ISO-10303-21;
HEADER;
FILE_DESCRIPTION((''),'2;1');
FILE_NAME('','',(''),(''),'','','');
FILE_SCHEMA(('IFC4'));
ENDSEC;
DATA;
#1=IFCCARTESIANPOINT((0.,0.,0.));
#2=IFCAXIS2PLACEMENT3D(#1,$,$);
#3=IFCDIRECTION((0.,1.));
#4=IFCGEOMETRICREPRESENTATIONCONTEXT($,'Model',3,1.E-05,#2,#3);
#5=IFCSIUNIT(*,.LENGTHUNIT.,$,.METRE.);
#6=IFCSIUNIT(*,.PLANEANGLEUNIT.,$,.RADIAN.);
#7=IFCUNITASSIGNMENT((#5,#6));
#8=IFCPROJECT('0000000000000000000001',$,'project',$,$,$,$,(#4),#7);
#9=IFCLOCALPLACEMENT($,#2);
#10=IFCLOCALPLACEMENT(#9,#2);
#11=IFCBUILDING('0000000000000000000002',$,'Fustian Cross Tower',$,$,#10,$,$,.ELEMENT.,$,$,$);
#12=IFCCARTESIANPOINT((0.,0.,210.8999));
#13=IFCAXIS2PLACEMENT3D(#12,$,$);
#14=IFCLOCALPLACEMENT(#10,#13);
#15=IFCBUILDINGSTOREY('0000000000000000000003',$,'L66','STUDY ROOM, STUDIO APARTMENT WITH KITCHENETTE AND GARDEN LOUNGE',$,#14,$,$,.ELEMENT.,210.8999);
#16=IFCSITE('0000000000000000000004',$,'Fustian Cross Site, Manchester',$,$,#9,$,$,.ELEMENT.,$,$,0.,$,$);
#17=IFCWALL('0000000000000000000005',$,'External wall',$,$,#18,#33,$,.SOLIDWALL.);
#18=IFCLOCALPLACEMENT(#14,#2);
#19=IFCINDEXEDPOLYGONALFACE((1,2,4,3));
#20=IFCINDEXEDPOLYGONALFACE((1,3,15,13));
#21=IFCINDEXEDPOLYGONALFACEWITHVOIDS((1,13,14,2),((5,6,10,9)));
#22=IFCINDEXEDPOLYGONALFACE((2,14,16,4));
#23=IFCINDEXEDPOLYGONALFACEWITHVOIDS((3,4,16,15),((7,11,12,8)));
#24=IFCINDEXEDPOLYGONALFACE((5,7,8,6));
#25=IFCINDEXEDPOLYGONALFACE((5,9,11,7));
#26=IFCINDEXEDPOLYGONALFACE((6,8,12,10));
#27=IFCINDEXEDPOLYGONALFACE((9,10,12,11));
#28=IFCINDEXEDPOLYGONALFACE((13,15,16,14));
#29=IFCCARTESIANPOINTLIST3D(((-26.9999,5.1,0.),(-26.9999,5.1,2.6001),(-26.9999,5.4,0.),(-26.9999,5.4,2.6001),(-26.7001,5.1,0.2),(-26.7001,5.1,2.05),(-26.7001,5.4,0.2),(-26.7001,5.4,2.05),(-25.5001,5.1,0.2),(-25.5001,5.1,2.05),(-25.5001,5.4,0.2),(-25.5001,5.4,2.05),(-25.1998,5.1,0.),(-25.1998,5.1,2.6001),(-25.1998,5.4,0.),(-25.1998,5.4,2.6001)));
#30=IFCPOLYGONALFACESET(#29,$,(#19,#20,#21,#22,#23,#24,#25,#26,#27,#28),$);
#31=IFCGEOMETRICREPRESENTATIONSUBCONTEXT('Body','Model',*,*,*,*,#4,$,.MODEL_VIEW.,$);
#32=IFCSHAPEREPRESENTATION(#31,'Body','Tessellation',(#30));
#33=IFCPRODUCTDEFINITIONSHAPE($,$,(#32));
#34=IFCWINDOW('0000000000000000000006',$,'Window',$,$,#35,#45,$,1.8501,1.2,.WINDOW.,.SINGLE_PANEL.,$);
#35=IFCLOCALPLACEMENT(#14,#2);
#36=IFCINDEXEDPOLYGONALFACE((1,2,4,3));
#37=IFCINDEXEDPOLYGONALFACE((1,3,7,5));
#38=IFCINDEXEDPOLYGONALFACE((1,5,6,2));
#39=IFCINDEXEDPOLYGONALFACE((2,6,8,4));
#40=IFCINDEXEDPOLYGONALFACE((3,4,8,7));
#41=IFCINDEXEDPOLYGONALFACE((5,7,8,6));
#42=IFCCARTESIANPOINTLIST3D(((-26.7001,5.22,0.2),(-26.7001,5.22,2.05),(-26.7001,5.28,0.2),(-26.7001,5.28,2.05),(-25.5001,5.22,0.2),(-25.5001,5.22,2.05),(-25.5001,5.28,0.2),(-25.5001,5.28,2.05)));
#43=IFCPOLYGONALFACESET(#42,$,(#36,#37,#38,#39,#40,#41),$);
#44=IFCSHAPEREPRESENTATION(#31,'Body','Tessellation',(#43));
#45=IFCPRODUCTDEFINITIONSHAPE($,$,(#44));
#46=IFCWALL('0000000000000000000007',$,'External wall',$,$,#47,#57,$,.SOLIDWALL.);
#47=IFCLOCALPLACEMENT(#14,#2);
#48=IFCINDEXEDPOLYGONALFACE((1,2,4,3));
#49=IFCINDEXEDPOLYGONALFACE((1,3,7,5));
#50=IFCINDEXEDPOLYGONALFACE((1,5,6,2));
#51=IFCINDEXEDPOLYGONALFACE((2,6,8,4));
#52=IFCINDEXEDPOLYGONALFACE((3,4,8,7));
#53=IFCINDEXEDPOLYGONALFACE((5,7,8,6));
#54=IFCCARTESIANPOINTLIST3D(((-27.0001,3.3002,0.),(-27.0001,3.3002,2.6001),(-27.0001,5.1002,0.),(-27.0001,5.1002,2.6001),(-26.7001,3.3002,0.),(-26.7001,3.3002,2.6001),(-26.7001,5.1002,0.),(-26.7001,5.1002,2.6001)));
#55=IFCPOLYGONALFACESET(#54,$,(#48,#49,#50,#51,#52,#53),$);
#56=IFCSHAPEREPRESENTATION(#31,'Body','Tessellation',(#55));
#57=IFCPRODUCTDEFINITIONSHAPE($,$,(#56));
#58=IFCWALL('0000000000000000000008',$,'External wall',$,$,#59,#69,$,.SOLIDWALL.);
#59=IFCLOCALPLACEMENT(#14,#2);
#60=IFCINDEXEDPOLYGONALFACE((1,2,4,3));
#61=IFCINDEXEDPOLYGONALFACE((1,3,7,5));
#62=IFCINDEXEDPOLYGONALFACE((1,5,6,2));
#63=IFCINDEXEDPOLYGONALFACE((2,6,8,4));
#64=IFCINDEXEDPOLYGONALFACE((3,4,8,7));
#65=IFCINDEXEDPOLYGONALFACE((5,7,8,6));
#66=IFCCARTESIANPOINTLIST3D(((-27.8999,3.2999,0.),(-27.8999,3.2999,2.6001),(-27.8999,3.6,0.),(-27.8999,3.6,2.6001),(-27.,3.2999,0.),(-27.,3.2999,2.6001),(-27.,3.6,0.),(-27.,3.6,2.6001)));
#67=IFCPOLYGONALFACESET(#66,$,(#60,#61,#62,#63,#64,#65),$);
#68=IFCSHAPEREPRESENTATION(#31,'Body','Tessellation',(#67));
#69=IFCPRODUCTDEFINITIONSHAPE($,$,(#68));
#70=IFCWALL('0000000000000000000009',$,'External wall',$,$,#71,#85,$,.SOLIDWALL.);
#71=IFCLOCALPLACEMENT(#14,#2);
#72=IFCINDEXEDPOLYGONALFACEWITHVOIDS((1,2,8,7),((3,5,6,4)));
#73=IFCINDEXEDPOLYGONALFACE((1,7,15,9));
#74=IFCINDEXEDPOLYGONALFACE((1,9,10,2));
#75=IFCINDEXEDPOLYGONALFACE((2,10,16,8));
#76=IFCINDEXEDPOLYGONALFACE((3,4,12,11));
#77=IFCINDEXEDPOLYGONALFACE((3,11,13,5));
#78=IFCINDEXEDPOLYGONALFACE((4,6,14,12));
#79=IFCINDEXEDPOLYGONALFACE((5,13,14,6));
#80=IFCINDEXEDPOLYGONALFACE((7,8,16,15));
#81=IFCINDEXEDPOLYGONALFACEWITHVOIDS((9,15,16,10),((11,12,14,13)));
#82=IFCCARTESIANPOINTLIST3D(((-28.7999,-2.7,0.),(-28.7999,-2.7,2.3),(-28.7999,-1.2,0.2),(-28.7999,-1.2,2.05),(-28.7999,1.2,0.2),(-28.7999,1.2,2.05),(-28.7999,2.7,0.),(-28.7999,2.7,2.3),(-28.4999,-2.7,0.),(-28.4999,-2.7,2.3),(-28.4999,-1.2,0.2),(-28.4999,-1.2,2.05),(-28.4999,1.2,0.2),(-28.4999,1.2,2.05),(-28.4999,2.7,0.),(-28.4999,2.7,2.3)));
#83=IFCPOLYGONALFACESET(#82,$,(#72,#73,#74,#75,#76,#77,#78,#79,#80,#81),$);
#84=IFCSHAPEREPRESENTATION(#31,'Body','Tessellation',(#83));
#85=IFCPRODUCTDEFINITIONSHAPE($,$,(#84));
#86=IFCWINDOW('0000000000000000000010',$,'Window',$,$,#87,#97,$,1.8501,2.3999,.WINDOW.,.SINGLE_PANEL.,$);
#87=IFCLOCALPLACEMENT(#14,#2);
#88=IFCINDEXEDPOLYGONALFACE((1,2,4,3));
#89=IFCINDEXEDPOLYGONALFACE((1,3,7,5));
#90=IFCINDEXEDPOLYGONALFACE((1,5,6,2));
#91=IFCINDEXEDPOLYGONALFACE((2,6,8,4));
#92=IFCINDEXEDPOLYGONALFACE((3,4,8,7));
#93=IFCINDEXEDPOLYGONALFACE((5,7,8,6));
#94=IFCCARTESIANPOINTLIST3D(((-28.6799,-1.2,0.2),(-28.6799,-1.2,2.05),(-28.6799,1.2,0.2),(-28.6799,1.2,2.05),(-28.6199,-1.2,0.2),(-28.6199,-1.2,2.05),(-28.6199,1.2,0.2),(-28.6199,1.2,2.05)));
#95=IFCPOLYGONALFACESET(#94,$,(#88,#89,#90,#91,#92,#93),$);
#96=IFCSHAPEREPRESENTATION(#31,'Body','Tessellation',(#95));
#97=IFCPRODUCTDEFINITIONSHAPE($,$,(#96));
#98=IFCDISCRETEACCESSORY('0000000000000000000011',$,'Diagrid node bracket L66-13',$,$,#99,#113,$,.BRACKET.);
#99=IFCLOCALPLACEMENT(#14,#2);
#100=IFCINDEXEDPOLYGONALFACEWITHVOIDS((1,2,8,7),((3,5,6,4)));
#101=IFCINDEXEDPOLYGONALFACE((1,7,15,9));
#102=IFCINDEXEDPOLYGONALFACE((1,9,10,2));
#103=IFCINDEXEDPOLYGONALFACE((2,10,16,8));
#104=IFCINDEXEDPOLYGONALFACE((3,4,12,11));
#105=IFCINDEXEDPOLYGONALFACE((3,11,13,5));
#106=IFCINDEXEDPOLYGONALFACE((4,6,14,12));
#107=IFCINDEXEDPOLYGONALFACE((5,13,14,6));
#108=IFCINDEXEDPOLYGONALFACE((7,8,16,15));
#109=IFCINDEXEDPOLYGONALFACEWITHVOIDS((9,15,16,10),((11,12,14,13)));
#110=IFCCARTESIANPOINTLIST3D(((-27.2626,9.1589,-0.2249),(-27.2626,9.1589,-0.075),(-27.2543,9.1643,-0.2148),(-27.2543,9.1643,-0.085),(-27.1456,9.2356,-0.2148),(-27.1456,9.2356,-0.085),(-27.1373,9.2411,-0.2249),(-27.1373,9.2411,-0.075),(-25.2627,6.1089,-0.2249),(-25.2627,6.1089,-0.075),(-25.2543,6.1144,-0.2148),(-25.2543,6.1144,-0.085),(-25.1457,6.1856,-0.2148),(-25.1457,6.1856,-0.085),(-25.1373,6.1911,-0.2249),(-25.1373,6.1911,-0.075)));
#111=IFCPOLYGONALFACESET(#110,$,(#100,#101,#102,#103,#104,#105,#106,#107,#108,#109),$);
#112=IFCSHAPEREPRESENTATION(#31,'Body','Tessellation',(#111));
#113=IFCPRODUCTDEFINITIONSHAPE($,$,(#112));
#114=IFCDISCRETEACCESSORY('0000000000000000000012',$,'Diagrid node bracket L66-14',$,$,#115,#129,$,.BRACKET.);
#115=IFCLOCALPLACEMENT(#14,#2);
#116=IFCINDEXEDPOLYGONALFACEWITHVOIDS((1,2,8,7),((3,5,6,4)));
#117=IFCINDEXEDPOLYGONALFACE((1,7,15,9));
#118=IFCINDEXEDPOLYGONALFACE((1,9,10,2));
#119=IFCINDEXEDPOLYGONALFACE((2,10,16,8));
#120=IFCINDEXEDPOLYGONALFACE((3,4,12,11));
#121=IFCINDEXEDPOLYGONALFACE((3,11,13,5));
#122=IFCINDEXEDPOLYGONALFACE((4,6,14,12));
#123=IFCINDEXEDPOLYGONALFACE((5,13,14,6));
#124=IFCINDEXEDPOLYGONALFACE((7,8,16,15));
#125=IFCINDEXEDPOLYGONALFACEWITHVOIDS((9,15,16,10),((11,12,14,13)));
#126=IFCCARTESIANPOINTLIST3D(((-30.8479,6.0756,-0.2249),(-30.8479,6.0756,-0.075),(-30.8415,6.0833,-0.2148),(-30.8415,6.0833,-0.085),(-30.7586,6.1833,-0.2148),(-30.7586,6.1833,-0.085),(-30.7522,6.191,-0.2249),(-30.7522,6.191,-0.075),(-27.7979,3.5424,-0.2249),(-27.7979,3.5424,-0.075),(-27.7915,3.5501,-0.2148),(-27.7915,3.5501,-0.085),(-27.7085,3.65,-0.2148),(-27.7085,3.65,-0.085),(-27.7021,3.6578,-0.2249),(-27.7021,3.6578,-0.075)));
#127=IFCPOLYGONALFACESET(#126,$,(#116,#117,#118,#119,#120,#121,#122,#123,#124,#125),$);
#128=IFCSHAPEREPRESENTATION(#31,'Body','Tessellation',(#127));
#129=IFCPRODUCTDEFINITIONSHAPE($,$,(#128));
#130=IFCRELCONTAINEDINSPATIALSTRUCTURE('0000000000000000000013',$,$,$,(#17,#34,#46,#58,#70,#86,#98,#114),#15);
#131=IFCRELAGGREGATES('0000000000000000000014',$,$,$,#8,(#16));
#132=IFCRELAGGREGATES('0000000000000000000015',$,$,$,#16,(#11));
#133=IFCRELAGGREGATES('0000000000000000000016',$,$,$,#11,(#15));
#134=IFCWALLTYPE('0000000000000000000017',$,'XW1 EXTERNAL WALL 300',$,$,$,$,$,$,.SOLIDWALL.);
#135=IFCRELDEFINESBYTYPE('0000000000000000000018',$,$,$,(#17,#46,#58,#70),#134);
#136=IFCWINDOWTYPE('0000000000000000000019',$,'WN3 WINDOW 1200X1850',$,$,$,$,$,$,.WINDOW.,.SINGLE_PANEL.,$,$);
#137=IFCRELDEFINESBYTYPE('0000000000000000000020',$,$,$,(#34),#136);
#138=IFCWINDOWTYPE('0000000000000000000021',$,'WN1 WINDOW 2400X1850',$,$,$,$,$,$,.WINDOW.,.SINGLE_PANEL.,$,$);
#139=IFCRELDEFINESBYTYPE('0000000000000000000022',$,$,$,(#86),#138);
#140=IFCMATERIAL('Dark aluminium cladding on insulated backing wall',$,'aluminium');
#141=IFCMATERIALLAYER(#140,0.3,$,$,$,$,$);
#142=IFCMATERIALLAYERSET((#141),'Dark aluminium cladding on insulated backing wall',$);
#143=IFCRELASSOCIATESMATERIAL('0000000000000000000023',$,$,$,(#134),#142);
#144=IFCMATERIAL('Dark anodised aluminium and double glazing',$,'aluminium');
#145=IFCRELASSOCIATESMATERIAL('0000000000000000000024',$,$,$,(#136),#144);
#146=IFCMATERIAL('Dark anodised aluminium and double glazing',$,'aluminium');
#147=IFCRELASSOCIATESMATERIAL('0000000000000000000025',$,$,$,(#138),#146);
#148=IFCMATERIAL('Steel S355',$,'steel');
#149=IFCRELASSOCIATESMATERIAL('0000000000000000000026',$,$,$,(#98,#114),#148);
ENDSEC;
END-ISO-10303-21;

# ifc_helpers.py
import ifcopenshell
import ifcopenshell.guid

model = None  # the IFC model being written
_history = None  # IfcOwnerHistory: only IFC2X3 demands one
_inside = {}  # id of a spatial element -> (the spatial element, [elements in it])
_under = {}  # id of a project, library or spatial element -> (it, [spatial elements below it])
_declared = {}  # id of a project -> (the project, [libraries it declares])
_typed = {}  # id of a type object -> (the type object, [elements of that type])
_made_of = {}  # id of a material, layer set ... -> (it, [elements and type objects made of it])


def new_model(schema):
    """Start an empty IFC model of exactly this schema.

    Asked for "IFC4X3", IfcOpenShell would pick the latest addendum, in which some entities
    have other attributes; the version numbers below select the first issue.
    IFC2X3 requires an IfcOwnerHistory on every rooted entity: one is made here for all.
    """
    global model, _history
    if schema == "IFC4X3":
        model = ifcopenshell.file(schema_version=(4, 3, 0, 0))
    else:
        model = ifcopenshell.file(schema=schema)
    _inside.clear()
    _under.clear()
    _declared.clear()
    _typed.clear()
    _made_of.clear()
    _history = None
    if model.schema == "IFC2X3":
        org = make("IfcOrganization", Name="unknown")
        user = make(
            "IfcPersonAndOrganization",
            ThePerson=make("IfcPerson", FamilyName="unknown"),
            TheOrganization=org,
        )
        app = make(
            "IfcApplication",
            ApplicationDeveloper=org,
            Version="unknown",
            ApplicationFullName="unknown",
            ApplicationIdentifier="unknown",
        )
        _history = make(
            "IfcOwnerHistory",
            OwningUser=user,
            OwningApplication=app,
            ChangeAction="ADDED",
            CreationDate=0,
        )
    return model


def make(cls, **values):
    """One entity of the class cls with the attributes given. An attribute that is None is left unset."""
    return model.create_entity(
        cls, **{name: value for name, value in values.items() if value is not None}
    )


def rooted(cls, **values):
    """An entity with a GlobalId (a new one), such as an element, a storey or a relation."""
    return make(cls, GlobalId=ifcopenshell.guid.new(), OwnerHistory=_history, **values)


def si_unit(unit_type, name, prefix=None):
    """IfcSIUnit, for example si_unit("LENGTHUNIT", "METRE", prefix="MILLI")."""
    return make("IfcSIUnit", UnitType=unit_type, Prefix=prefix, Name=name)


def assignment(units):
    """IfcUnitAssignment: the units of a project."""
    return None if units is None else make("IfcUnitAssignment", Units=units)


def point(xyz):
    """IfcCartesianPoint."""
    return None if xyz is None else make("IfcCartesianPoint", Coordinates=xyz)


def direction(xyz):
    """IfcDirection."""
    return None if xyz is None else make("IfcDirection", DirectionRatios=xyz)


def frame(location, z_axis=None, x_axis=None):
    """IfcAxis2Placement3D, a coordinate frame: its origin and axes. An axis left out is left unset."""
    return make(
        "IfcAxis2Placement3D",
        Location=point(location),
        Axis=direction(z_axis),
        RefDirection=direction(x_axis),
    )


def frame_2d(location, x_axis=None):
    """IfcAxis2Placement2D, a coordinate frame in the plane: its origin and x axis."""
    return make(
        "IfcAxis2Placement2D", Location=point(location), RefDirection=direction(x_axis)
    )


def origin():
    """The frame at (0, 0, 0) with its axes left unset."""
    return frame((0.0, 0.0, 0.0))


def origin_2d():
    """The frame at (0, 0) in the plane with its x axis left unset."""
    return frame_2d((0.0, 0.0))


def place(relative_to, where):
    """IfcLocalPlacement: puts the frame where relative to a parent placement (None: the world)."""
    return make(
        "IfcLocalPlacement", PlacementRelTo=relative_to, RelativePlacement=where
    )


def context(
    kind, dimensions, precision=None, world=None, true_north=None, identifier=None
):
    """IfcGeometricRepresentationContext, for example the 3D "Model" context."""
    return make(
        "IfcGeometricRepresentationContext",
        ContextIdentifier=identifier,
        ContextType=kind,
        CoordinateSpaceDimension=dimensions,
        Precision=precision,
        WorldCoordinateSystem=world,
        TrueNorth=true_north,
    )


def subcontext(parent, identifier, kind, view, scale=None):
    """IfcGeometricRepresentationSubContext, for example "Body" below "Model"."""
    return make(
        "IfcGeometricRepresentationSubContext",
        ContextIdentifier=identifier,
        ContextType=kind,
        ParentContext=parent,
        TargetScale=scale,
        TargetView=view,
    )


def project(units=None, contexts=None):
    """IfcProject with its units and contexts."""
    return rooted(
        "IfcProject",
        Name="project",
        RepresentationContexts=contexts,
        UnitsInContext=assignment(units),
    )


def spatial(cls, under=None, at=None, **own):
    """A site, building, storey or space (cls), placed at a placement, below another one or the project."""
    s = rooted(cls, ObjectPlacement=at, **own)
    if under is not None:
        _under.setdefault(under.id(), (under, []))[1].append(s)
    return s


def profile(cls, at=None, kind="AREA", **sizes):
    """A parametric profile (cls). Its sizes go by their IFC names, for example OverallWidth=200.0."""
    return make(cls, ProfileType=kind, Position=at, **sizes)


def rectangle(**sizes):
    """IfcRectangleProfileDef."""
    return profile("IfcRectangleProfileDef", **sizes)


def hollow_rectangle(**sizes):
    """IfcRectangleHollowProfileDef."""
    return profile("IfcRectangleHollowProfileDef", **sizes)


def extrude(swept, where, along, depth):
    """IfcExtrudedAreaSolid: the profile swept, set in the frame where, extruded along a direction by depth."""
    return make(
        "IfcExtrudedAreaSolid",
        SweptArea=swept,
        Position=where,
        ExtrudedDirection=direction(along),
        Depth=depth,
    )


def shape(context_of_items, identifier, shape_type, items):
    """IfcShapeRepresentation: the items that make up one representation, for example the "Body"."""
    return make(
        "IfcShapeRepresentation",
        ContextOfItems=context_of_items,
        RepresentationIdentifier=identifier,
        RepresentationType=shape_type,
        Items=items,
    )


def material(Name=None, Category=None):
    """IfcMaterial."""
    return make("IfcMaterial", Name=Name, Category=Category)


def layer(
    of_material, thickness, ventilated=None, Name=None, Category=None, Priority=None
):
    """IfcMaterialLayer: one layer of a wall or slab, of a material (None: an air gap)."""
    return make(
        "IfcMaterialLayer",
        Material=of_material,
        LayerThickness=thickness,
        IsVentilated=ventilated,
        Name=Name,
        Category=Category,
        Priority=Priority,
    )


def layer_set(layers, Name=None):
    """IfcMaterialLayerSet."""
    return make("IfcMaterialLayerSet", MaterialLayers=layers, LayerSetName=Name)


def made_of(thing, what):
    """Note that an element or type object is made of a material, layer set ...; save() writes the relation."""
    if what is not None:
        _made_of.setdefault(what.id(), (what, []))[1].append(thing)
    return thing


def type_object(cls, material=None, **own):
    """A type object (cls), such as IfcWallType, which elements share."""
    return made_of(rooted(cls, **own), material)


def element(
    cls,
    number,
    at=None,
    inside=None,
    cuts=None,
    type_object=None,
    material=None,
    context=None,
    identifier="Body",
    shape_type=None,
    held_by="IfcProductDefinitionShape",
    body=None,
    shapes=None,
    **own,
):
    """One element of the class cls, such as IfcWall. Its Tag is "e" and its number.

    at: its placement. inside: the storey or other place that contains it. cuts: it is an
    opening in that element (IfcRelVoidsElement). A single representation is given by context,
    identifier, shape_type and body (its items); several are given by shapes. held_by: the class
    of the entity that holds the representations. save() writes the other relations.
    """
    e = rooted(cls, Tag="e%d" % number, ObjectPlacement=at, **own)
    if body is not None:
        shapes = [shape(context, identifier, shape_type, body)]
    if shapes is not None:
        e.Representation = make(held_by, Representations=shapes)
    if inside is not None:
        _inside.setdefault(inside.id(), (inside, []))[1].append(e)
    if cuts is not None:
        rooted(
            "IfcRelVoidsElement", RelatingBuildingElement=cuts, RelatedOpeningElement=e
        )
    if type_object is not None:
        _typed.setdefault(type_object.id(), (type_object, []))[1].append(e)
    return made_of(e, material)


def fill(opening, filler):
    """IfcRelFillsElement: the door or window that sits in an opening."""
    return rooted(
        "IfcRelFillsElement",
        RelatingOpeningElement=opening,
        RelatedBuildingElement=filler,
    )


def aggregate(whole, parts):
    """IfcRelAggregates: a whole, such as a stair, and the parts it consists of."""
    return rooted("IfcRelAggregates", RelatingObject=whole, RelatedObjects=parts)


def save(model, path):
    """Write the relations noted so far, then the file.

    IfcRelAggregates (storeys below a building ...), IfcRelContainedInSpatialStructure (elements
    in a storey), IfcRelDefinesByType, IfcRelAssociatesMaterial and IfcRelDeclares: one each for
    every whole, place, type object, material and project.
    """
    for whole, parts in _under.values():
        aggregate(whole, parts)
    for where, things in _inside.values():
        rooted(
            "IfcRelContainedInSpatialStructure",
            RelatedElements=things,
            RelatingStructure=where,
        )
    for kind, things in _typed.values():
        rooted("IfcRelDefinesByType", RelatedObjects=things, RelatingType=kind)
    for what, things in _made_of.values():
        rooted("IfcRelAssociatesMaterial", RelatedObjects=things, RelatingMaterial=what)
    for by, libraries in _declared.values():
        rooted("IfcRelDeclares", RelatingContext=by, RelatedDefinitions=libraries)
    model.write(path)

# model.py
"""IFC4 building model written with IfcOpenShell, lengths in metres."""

from ifc_helpers import new_model, si_unit, direction, frame, frame_2d, origin, origin_2d, place, context, subcontext, project, spatial, rectangle, hollow_rectangle, extrude, material, layer, layer_set, type_object, element, fill, save


model = new_model("IFC4")

# Units and contexts
model_context = context("Model", 3, precision=1e-05, world=origin(), true_north=direction((0.0, 1.0)))
body_context = subcontext(model_context, "Body", "Model", "MODEL_VIEW")
ifc_project = project(units=[si_unit("LENGTHUNIT", "METRE"), si_unit("PLANEANGLEUNIT", "RADIAN")], contexts=[model_context])

# Site, building, storey
site_placement = place(None, origin())
site = spatial("IfcSite", under=ifc_project, at=site_placement, Name="Fustian Cross Site, Manchester", CompositionType="ELEMENT", RefElevation=0.0)
building_placement = place(site_placement, origin())
building = spatial("IfcBuilding", under=site, at=building_placement, Name="Fustian Cross Tower", CompositionType="ELEMENT")
storey_placement = place(building_placement, frame((0.0, 0.0, 210.8999)))
storey = spatial("IfcBuildingStorey", under=building, at=storey_placement, Name="L66", Description="STUDY ROOM, STUDIO APARTMENT WITH KITCHENETTE AND GARDEN LOUNGE", CompositionType="ELEMENT", Elevation=210.8999)

# Shared definitions
ifc_material_1 = material(Name="Dark aluminium cladding on insulated backing wall", Category="aluminium")
ifc_layer_1 = layer(ifc_material_1, 0.3)
ifc_layer_set_1 = layer_set([ifc_layer_1], Name="Dark aluminium cladding on insulated backing wall")
wall_type_1 = type_object("IfcWallType", Name="XW1 EXTERNAL WALL 300", PredefinedType="SOLIDWALL", material=ifc_layer_set_1)
ifc_material_2 = material(Name="Dark anodised aluminium and double glazing", Category="aluminium")
window_type_1 = type_object("IfcWindowType", Name="WN3 WINDOW 1200X1850", PartitioningType="SINGLE_PANEL", PredefinedType="WINDOW", material=ifc_material_2)

# Wall, opening, window
wall_1_placement = place(storey_placement, frame((-25.2, 5.25, 0.0), z_axis=(0.0, 0.0, 1.0), x_axis=(-1.0, 0.0, 0.0)))
wall_1 = element("IfcWall", 1, at=wall_1_placement, inside=storey, type_object=wall_type_1, Name="External wall", PredefinedType="SOLIDWALL", context=body_context, shape_type="SweptSolid", body=[
    extrude(rectangle(XDim=1.8, YDim=0.3, at=frame_2d((0.8999, 0.0))), origin(), (0.0, 0.0, 1.0), 2.6001),
])
opening_1_placement = place(wall_1_placement, frame((0.3, 0.0, 0.2)))
opening_1 = element("IfcOpeningElement", 2, at=opening_1_placement, cuts=wall_1, PredefinedType="OPENING", context=body_context, shape_type="SweptSolid", body=[
    extrude(rectangle(XDim=1.2, YDim=1.8501, at=frame_2d((0.6001, 0.925))), frame((0.0, 0.1599, 0.0), z_axis=(0.0, -1.0, 0.0), x_axis=(1.0, 0.0, 0.0)), (0.0, 0.0, 1.0), 0.3201),
])
window_1_placement = place(opening_1_placement, origin())
window_1 = element("IfcWindow", 3, at=window_1_placement, inside=storey, type_object=window_type_1, Name="Window", OverallHeight=1.8501, OverallWidth=1.2, PartitioningType="SINGLE_PANEL", PredefinedType="WINDOW", context=body_context, shape_type="SweptSolid", body=[
    extrude(rectangle(XDim=1.2, YDim=1.8501, at=frame_2d((0.6001, 0.925))), frame((0.0, 0.03, 0.0), z_axis=(0.0, -1.0, 0.0), x_axis=(1.0, 0.0, 0.0)), (0.0, 0.0, 1.0), 0.0601),
])
fill(opening_1, window_1)

# Walls
wall_2_placement = place(storey_placement, frame((-26.8501, 5.1001, 0.0), z_axis=(0.0, 0.0, 1.0), x_axis=(0.0, -1.0, 0.0)))
element("IfcWall", 4, at=wall_2_placement, inside=storey, type_object=wall_type_1, Name="External wall", PredefinedType="SOLIDWALL", context=body_context, shape_type="SweptSolid", body=[
    extrude(rectangle(XDim=1.8, YDim=0.3, at=frame_2d((0.8999, 0.0))), origin(), (0.0, 0.0, 1.0), 2.6001),
])
wall_3_placement = place(storey_placement, frame((-27.0, 3.45, 0.0), z_axis=(0.0, 0.0, 1.0), x_axis=(-1.0, 0.0, 0.0)))
element("IfcWall", 5, at=wall_3_placement, inside=storey, type_object=wall_type_1, Name="External wall", PredefinedType="SOLIDWALL", context=body_context, shape_type="SweptSolid", body=[
    extrude(rectangle(XDim=0.8999, YDim=0.3, at=frame_2d((0.45, 0.0))), origin(), (0.0, 0.0, 1.0), 2.6001),
])

# Wall, opening, window
wall_4_placement = place(storey_placement, frame((-28.6499, 2.7, 0.0), z_axis=(0.0, 0.0, 1.0), x_axis=(0.0, -1.0, 0.0)))
wall_4 = element("IfcWall", 6, at=wall_4_placement, inside=storey, type_object=wall_type_1, Name="External wall", PredefinedType="SOLIDWALL", context=body_context, shape_type="SweptSolid", body=[
    extrude(rectangle(XDim=5.3999, YDim=0.3, at=frame_2d((2.7, 0.0))), origin(), (0.0, 0.0, 1.0), 2.3),
])
opening_2_placement = place(wall_4_placement, frame((1.5, 0.0, 0.2)))
opening_2 = element("IfcOpeningElement", 7, at=opening_2_placement, cuts=wall_4, PredefinedType="OPENING", context=body_context, shape_type="SweptSolid", body=[
    extrude(rectangle(XDim=2.3999, YDim=1.8501, at=frame_2d((1.2, 0.925))), frame((0.0, 0.1599, 0.0), z_axis=(0.0, -1.0, 0.0), x_axis=(1.0, 0.0, 0.0)), (0.0, 0.0, 1.0), 0.3201),
])
ifc_material_3 = material(Name="Dark anodised aluminium and double glazing", Category="aluminium")
window_type_2 = type_object("IfcWindowType", Name="WN1 WINDOW 2400X1850", PartitioningType="SINGLE_PANEL", PredefinedType="WINDOW", material=ifc_material_3)
window_2_placement = place(opening_2_placement, origin())
window_2 = element("IfcWindow", 8, at=window_2_placement, inside=storey, type_object=window_type_2, Name="Window", OverallHeight=1.8501, OverallWidth=2.3999, PartitioningType="SINGLE_PANEL", PredefinedType="WINDOW", context=body_context, shape_type="SweptSolid", body=[
    extrude(rectangle(XDim=2.3999, YDim=1.8501, at=frame_2d((1.2, 0.925))), frame((0.0, 0.03, 0.0), z_axis=(0.0, -1.0, 0.0), x_axis=(1.0, 0.0, 0.0)), (0.0, 0.0, 1.0), 0.0601),
])
fill(opening_2, window_2)

# Discrete accessories
ifc_material_4 = material(Name="Steel S355", Category="steel")
discrete_accessory_1_placement = place(storey_placement, frame((-27.2, 9.2, -0.1499), z_axis=(0.548351, -0.836248, 0.0), x_axis=(0.836248, 0.548351, 0.0)))
element("IfcDiscreteAccessory", 9, at=discrete_accessory_1_placement, inside=storey, material=ifc_material_4, Name="Diagrid node bracket L66-13", PredefinedType="BRACKET", context=body_context, shape_type="SweptSolid", body=[
    extrude(hollow_rectangle(XDim=0.1499, YDim=0.1499, WallThickness=0.01, at=origin_2d()), origin(), (0.0, 0.0, 1.0), 3.6472),
])
discrete_accessory_2_placement = place(storey_placement, frame((-30.8, 6.1333, -0.1499), z_axis=(0.769275, -0.638918, 0.0), x_axis=(0.638918, 0.769275, 0.0)))
element("IfcDiscreteAccessory", 10, at=discrete_accessory_2_placement, inside=storey, material=ifc_material_4, Name="Diagrid node bracket L66-14", PredefinedType="BRACKET", context=body_context, shape_type="SweptSolid", body=[
    extrude(hollow_rectangle(XDim=0.1499, YDim=0.1499, WallThickness=0.01, at=origin_2d()), origin(), (0.0, 0.0, 1.0), 3.9648),
])

save(model, "model.ifc")
